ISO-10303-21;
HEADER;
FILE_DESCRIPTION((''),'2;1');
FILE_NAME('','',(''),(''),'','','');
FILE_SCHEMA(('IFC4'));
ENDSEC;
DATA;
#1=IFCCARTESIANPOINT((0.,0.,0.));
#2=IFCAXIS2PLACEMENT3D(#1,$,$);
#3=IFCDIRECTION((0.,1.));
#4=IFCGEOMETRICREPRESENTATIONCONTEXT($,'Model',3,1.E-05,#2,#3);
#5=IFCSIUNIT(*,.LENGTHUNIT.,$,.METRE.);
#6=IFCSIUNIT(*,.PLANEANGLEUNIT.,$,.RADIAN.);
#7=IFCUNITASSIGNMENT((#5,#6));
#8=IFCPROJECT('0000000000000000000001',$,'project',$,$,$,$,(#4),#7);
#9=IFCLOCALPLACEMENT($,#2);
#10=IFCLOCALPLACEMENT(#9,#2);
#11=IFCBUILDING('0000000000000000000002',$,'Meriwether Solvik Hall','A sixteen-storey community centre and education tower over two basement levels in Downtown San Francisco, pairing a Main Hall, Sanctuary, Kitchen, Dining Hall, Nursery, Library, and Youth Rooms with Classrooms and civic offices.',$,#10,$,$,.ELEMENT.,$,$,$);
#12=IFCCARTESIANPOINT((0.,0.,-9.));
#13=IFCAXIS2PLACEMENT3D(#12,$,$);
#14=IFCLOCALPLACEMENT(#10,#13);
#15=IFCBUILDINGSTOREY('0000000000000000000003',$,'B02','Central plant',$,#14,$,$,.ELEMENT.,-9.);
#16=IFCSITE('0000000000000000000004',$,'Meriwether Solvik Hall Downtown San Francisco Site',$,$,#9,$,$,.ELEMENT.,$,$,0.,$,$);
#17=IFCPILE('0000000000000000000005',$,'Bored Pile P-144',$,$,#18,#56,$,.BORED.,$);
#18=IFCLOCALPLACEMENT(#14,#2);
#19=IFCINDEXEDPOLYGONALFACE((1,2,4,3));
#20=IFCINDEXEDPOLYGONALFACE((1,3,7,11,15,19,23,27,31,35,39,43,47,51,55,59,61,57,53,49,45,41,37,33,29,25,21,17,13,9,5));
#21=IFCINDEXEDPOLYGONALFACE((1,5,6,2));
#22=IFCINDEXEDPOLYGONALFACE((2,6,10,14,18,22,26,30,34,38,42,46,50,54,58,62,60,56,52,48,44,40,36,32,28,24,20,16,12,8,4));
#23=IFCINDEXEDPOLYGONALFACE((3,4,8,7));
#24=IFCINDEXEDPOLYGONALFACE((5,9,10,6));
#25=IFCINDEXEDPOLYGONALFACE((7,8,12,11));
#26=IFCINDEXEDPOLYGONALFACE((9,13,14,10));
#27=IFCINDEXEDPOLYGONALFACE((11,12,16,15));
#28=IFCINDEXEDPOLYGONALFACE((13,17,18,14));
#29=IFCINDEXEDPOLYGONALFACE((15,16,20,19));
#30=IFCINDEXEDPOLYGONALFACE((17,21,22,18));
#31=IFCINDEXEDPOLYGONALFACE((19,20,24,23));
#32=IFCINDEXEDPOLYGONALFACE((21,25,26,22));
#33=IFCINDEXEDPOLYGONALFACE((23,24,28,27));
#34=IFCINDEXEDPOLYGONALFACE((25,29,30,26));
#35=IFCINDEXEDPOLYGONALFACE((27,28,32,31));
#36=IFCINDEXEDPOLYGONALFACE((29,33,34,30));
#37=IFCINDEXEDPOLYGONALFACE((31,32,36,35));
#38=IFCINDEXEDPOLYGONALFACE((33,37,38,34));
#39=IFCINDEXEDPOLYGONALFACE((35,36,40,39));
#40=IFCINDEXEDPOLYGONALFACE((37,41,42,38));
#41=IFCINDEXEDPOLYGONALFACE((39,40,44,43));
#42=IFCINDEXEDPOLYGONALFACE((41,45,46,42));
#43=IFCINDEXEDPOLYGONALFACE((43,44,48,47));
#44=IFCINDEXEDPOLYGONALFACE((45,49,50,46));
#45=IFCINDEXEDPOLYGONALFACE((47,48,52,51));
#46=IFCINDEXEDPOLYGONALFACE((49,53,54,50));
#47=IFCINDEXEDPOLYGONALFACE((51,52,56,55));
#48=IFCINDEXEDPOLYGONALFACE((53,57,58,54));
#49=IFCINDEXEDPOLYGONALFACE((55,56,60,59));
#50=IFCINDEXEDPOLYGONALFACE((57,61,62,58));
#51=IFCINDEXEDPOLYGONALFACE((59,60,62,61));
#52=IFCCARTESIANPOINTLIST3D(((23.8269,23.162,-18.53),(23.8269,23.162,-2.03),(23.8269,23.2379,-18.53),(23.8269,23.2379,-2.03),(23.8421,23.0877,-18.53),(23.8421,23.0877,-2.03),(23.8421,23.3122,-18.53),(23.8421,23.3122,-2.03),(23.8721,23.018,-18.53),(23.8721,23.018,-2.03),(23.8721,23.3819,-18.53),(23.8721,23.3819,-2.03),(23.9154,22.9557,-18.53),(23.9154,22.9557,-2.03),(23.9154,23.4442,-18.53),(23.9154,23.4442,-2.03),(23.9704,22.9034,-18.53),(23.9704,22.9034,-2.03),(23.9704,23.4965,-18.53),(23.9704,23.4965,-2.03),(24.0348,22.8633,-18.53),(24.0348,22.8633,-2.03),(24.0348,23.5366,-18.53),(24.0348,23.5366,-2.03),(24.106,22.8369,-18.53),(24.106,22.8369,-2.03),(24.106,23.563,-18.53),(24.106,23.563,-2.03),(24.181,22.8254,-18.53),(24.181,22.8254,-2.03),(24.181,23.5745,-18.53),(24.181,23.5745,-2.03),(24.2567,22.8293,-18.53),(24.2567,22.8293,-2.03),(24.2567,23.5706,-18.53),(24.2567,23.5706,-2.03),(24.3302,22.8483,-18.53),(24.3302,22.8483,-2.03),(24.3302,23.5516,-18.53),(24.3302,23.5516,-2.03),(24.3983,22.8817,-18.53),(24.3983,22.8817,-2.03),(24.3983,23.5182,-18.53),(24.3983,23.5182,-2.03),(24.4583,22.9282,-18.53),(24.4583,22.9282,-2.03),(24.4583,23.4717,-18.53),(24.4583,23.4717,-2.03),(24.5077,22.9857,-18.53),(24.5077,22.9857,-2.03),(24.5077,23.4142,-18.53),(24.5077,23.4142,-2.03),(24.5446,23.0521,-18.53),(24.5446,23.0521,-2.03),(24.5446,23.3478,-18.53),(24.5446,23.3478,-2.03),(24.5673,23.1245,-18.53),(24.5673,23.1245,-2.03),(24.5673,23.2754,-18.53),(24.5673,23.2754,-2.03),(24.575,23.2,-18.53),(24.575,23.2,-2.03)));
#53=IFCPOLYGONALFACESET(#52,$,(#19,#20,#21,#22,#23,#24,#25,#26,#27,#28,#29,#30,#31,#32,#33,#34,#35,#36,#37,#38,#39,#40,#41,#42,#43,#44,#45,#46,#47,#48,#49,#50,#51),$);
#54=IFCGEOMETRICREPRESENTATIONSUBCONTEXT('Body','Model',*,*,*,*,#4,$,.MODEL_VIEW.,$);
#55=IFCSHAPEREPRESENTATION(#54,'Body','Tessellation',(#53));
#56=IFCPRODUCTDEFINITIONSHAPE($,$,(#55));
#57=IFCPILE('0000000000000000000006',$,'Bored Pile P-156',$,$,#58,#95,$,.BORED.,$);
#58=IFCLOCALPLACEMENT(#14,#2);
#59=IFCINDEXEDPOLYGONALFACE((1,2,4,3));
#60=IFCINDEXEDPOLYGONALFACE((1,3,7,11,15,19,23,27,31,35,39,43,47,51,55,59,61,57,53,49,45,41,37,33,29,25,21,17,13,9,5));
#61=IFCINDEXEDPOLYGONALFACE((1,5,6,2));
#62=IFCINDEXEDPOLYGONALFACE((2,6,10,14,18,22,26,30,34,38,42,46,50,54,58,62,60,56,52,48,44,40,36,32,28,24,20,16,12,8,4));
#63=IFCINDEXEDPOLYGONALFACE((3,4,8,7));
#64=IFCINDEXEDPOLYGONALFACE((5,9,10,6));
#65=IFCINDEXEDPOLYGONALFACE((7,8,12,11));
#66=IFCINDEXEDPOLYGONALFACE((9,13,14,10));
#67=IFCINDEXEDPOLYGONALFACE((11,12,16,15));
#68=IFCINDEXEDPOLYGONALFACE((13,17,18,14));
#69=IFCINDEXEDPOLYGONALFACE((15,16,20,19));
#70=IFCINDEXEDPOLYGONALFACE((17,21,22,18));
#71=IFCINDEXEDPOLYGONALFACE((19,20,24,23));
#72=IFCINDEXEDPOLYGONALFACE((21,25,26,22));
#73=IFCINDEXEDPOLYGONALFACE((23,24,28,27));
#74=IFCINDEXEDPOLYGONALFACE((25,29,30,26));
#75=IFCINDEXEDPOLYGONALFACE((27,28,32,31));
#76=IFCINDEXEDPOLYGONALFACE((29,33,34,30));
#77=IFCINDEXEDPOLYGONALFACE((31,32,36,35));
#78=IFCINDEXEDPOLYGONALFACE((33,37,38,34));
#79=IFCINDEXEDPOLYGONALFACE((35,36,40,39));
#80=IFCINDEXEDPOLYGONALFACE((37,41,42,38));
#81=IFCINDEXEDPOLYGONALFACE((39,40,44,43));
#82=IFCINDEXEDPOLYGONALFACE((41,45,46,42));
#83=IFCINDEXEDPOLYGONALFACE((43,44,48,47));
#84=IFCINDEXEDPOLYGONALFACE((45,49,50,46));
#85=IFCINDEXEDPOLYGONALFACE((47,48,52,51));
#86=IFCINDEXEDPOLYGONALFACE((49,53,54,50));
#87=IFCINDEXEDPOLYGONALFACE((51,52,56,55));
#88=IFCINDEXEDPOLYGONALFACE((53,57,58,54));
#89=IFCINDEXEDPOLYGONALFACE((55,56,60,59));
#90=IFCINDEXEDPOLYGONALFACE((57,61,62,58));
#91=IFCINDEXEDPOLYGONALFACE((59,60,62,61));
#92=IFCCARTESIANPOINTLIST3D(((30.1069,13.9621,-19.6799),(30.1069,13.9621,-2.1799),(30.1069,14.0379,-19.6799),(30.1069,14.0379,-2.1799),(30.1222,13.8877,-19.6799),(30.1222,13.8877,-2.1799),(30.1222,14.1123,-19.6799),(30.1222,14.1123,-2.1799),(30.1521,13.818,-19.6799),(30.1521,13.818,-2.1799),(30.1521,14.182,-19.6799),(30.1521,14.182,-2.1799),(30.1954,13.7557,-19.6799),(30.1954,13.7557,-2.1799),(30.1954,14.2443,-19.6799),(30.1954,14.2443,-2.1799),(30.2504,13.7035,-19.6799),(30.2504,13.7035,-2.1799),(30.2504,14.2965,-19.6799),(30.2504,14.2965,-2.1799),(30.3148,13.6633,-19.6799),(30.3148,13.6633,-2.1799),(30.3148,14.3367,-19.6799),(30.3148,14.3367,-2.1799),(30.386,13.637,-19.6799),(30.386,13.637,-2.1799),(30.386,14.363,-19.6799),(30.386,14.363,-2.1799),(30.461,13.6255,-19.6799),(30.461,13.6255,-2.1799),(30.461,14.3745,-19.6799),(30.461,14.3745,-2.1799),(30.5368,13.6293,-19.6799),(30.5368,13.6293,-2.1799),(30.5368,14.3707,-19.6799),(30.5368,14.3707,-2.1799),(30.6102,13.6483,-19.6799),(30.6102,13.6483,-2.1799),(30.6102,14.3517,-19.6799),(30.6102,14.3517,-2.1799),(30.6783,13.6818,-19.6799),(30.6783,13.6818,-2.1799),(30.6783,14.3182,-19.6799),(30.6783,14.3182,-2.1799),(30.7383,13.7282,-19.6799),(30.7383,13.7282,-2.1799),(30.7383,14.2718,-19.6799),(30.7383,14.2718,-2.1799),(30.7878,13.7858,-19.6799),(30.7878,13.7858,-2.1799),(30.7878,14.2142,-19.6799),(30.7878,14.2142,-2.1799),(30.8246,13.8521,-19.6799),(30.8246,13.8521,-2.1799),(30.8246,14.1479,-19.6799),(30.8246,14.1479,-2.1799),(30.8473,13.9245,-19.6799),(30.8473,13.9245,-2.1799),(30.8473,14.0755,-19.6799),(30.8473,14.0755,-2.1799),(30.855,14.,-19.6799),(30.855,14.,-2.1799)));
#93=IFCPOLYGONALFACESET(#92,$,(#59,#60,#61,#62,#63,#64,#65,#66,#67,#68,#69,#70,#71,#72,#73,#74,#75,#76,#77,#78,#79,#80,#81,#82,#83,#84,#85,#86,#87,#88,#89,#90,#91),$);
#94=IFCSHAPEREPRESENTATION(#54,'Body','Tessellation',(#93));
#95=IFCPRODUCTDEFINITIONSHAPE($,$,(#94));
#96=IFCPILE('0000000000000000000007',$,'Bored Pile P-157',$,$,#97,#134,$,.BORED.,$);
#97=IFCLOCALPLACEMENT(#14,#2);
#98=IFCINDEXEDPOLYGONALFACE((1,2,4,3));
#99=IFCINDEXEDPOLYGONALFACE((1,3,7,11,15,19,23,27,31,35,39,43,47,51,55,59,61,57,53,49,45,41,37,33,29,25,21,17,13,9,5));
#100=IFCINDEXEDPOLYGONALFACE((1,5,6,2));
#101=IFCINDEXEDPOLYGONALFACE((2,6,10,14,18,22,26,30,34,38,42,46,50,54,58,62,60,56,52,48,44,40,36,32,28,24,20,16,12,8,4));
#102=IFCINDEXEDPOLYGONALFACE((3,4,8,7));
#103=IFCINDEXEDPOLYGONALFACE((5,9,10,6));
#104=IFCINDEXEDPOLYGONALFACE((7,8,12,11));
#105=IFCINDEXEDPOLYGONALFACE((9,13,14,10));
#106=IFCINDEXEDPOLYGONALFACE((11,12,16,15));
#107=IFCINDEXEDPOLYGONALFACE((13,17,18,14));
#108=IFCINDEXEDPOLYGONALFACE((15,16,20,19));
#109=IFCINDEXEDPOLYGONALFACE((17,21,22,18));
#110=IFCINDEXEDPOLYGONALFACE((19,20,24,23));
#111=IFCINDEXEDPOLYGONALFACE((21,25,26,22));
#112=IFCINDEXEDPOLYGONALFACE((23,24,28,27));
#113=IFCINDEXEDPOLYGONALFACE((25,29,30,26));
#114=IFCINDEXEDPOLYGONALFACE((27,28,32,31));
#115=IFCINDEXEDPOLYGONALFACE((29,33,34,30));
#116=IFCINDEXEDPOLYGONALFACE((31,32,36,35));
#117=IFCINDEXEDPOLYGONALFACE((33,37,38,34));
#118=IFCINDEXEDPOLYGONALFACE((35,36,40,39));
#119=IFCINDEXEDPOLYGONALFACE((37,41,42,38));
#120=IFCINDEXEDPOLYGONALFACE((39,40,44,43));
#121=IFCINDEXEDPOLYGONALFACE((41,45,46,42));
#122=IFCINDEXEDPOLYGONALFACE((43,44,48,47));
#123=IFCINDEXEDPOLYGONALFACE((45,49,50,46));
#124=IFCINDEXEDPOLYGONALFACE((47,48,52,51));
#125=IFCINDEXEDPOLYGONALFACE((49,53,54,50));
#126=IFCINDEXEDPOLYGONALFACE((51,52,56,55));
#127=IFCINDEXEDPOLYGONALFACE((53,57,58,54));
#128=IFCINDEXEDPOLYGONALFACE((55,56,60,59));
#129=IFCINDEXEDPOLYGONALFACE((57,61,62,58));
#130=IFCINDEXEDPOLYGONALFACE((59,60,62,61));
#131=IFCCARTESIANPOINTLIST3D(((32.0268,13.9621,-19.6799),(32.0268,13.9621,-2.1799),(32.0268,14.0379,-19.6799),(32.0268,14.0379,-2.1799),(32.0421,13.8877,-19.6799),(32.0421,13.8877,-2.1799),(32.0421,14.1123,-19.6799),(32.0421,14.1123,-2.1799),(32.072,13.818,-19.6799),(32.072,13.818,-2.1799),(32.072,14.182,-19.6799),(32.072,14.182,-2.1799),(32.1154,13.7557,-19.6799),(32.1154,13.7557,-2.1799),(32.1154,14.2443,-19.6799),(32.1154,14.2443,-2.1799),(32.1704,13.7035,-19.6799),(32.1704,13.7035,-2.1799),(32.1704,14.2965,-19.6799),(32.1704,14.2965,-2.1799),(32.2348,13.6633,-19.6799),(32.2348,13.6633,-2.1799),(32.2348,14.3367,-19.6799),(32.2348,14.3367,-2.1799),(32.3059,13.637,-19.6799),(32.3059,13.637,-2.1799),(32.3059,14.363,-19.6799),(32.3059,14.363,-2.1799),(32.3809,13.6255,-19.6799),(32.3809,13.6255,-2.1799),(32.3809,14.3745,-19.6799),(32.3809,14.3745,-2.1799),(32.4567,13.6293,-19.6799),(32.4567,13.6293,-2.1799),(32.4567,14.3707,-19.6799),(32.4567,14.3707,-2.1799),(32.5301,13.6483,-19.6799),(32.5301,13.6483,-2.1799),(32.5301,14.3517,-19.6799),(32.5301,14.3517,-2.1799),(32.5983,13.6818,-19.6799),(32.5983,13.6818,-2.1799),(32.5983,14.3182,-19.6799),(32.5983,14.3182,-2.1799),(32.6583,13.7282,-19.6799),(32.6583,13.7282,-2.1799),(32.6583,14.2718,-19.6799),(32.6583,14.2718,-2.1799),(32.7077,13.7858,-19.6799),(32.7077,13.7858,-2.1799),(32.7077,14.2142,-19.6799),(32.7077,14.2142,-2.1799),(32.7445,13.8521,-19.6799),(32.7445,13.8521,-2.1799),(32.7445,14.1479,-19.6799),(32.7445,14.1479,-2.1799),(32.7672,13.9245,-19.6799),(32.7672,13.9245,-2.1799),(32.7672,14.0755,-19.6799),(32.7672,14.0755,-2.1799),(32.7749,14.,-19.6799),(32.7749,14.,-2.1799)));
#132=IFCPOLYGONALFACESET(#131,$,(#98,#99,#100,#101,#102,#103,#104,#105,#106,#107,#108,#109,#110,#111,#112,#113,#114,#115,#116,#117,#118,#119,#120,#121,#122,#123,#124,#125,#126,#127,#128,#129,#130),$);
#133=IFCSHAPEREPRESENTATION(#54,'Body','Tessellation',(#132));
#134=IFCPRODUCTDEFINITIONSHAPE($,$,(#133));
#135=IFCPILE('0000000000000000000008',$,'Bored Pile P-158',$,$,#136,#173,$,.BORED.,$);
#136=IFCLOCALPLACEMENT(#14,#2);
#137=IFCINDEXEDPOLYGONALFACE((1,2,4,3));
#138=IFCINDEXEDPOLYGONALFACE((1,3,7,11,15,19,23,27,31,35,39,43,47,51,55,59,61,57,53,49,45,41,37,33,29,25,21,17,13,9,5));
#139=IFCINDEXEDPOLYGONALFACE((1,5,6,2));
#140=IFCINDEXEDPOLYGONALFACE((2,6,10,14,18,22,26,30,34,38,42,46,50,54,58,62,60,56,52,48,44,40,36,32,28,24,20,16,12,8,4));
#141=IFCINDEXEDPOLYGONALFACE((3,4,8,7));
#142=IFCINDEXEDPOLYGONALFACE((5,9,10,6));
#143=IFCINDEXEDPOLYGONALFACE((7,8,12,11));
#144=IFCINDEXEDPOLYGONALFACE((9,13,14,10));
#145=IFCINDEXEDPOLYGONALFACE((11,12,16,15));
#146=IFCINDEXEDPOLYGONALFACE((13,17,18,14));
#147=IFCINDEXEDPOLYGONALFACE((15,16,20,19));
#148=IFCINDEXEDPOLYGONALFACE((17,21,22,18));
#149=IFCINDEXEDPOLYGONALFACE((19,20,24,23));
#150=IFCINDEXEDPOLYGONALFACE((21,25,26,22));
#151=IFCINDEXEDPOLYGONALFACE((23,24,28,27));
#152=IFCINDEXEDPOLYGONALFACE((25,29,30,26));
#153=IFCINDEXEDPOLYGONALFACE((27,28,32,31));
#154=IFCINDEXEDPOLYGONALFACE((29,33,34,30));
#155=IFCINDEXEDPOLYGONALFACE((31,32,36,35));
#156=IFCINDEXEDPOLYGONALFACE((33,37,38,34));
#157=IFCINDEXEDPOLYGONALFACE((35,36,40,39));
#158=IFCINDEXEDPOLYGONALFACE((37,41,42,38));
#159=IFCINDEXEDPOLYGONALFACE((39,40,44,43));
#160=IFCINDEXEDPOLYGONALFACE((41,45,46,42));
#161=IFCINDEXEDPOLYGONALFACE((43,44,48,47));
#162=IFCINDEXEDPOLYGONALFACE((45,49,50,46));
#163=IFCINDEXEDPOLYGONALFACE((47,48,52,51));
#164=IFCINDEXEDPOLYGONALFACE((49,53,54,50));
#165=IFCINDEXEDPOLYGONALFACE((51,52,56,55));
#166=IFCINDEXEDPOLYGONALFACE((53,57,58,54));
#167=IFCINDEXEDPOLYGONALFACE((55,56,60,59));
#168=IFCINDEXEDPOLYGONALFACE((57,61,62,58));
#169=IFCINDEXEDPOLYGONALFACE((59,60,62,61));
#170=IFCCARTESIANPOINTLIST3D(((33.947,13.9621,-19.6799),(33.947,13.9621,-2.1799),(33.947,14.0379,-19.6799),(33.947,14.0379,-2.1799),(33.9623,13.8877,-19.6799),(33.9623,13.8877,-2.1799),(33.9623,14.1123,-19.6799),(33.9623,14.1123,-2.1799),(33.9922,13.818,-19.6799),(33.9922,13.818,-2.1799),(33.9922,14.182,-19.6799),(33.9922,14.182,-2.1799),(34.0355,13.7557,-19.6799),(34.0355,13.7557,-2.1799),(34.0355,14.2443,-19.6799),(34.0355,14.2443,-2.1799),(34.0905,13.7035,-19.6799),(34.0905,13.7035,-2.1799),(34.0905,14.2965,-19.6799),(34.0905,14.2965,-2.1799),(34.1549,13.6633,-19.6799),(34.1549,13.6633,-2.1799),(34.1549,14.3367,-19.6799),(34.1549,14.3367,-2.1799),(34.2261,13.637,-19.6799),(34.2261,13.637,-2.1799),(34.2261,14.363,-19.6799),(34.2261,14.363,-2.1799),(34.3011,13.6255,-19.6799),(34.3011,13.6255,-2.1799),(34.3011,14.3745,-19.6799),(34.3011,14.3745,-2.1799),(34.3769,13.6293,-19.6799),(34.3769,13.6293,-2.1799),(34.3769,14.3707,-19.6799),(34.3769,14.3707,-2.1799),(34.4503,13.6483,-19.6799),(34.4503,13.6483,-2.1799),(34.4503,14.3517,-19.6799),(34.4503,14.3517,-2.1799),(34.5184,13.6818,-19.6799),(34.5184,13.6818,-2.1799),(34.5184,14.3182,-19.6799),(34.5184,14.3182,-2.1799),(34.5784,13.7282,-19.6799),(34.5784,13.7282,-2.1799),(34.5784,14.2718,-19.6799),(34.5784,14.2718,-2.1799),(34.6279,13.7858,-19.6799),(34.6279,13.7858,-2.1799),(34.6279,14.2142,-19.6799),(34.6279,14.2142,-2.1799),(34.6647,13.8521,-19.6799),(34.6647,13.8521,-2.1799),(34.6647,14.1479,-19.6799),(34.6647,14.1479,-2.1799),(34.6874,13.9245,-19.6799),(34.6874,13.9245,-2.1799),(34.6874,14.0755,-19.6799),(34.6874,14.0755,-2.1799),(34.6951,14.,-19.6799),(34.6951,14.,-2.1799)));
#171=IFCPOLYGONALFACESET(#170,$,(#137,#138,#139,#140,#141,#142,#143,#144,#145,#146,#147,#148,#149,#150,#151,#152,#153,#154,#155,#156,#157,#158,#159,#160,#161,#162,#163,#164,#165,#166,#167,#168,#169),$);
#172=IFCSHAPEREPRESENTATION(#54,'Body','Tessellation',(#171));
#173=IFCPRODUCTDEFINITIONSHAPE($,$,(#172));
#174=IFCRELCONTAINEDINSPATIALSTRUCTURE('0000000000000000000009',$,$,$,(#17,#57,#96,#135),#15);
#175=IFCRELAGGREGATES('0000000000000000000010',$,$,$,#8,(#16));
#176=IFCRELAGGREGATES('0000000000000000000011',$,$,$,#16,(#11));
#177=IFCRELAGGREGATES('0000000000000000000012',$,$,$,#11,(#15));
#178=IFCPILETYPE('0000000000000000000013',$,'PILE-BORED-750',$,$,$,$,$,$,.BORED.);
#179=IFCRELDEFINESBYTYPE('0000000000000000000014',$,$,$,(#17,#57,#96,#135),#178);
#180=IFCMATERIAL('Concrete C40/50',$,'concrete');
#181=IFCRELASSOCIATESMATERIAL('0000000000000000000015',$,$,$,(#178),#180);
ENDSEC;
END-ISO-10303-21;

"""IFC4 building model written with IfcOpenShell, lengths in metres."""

from ifc_helpers import new_model, si_unit, direction, frame, origin, origin_2d, place, context, subcontext, project, spatial, circle, extrude, material, material_profile, profile_set, type_object, element, save


model = new_model("IFC4")

# Units and contexts
model_context = context("Model", 3, precision=1e-05, world=origin(), true_north=direction((0.0, 1.0)))
body_context = subcontext(model_context, "Body", "Model", "MODEL_VIEW")
ifc_project = project(units=[si_unit("LENGTHUNIT", "METRE"), si_unit("PLANEANGLEUNIT", "RADIAN")], contexts=[model_context])

# Site, building, storey
site_placement = place(None, origin())
site = spatial("IfcSite", under=ifc_project, at=site_placement, Name="Meriwether Solvik Hall Downtown San Francisco Site", CompositionType="ELEMENT", RefElevation=0.0)
building_placement = place(site_placement, origin())
building = spatial("IfcBuilding", under=site, at=building_placement, Name="Meriwether Solvik Hall", Description="A sixteen-storey community centre and education tower over two basement levels in Downtown San Francisco, pairing a Main Hall, Sanctuary, Kitchen, Dining Hall, Nursery, Library, and Youth Rooms with Classrooms and civic offices.", CompositionType="ELEMENT")
storey_placement = place(building_placement, frame((0.0, 0.0, -9.0)))
storey = spatial("IfcBuildingStorey", under=building, at=storey_placement, Name="B02", Description="Central plant", CompositionType="ELEMENT", Elevation=-9.0)

# Piles
ifc_material_1 = material(Name="Concrete C40/50", Category="concrete")
ifc_material_profile_1 = material_profile(ifc_material_1, circle(Radius=0.375, at=origin_2d()), Name="PILE-D750")
ifc_profile_set_1 = profile_set([ifc_material_profile_1], Name="Concrete C40/50")
pile_type_1 = type_object("IfcPileType", Name="PILE-BORED-750", PredefinedType="BORED", material=ifc_profile_set_1)
pile_1_placement = place(storey_placement, frame((24.2, 23.2, -2.03), z_axis=(0.0, 0.0, -1.0), x_axis=(1.0, 0.0, 0.0)))
element("IfcPile", 1, at=pile_1_placement, inside=storey, type_object=pile_type_1, Name="Bored Pile P-144", PredefinedType="BORED", context=body_context, shape_type="SweptSolid", body=[
    extrude(circle(Radius=0.375, at=origin_2d()), origin(), (0.0, 0.0, 1.0), 16.5),
])
for number, where, z_axis, x_axis, name in (
    (2, (30.48, 14.0, -2.1799), (0.0, 0.0, -1.0), (1.0, 0.0, 0.0), "Bored Pile P-156"),
    (3, (32.3999, 14.0, -2.1799), (0.0, 0.0, -1.0), (1.0, 0.0, 0.0), "Bored Pile P-157"),
    (4, (34.3201, 14.0, -2.1799), (0.0, 0.0, -1.0), (1.0, 0.0, 0.0), "Bored Pile P-158"),
):
    element("IfcPile", number, at=place(storey_placement, frame(where, z_axis=z_axis, x_axis=x_axis)), inside=storey, type_object=pile_type_1, Name=name, PredefinedType="BORED", context=body_context, shape_type="SweptSolid", body=[
        extrude(circle(Radius=0.375, at=origin_2d()), origin(), (0.0, 0.0, 1.0), 17.5),
    ])

save(model, "model.ifc")
